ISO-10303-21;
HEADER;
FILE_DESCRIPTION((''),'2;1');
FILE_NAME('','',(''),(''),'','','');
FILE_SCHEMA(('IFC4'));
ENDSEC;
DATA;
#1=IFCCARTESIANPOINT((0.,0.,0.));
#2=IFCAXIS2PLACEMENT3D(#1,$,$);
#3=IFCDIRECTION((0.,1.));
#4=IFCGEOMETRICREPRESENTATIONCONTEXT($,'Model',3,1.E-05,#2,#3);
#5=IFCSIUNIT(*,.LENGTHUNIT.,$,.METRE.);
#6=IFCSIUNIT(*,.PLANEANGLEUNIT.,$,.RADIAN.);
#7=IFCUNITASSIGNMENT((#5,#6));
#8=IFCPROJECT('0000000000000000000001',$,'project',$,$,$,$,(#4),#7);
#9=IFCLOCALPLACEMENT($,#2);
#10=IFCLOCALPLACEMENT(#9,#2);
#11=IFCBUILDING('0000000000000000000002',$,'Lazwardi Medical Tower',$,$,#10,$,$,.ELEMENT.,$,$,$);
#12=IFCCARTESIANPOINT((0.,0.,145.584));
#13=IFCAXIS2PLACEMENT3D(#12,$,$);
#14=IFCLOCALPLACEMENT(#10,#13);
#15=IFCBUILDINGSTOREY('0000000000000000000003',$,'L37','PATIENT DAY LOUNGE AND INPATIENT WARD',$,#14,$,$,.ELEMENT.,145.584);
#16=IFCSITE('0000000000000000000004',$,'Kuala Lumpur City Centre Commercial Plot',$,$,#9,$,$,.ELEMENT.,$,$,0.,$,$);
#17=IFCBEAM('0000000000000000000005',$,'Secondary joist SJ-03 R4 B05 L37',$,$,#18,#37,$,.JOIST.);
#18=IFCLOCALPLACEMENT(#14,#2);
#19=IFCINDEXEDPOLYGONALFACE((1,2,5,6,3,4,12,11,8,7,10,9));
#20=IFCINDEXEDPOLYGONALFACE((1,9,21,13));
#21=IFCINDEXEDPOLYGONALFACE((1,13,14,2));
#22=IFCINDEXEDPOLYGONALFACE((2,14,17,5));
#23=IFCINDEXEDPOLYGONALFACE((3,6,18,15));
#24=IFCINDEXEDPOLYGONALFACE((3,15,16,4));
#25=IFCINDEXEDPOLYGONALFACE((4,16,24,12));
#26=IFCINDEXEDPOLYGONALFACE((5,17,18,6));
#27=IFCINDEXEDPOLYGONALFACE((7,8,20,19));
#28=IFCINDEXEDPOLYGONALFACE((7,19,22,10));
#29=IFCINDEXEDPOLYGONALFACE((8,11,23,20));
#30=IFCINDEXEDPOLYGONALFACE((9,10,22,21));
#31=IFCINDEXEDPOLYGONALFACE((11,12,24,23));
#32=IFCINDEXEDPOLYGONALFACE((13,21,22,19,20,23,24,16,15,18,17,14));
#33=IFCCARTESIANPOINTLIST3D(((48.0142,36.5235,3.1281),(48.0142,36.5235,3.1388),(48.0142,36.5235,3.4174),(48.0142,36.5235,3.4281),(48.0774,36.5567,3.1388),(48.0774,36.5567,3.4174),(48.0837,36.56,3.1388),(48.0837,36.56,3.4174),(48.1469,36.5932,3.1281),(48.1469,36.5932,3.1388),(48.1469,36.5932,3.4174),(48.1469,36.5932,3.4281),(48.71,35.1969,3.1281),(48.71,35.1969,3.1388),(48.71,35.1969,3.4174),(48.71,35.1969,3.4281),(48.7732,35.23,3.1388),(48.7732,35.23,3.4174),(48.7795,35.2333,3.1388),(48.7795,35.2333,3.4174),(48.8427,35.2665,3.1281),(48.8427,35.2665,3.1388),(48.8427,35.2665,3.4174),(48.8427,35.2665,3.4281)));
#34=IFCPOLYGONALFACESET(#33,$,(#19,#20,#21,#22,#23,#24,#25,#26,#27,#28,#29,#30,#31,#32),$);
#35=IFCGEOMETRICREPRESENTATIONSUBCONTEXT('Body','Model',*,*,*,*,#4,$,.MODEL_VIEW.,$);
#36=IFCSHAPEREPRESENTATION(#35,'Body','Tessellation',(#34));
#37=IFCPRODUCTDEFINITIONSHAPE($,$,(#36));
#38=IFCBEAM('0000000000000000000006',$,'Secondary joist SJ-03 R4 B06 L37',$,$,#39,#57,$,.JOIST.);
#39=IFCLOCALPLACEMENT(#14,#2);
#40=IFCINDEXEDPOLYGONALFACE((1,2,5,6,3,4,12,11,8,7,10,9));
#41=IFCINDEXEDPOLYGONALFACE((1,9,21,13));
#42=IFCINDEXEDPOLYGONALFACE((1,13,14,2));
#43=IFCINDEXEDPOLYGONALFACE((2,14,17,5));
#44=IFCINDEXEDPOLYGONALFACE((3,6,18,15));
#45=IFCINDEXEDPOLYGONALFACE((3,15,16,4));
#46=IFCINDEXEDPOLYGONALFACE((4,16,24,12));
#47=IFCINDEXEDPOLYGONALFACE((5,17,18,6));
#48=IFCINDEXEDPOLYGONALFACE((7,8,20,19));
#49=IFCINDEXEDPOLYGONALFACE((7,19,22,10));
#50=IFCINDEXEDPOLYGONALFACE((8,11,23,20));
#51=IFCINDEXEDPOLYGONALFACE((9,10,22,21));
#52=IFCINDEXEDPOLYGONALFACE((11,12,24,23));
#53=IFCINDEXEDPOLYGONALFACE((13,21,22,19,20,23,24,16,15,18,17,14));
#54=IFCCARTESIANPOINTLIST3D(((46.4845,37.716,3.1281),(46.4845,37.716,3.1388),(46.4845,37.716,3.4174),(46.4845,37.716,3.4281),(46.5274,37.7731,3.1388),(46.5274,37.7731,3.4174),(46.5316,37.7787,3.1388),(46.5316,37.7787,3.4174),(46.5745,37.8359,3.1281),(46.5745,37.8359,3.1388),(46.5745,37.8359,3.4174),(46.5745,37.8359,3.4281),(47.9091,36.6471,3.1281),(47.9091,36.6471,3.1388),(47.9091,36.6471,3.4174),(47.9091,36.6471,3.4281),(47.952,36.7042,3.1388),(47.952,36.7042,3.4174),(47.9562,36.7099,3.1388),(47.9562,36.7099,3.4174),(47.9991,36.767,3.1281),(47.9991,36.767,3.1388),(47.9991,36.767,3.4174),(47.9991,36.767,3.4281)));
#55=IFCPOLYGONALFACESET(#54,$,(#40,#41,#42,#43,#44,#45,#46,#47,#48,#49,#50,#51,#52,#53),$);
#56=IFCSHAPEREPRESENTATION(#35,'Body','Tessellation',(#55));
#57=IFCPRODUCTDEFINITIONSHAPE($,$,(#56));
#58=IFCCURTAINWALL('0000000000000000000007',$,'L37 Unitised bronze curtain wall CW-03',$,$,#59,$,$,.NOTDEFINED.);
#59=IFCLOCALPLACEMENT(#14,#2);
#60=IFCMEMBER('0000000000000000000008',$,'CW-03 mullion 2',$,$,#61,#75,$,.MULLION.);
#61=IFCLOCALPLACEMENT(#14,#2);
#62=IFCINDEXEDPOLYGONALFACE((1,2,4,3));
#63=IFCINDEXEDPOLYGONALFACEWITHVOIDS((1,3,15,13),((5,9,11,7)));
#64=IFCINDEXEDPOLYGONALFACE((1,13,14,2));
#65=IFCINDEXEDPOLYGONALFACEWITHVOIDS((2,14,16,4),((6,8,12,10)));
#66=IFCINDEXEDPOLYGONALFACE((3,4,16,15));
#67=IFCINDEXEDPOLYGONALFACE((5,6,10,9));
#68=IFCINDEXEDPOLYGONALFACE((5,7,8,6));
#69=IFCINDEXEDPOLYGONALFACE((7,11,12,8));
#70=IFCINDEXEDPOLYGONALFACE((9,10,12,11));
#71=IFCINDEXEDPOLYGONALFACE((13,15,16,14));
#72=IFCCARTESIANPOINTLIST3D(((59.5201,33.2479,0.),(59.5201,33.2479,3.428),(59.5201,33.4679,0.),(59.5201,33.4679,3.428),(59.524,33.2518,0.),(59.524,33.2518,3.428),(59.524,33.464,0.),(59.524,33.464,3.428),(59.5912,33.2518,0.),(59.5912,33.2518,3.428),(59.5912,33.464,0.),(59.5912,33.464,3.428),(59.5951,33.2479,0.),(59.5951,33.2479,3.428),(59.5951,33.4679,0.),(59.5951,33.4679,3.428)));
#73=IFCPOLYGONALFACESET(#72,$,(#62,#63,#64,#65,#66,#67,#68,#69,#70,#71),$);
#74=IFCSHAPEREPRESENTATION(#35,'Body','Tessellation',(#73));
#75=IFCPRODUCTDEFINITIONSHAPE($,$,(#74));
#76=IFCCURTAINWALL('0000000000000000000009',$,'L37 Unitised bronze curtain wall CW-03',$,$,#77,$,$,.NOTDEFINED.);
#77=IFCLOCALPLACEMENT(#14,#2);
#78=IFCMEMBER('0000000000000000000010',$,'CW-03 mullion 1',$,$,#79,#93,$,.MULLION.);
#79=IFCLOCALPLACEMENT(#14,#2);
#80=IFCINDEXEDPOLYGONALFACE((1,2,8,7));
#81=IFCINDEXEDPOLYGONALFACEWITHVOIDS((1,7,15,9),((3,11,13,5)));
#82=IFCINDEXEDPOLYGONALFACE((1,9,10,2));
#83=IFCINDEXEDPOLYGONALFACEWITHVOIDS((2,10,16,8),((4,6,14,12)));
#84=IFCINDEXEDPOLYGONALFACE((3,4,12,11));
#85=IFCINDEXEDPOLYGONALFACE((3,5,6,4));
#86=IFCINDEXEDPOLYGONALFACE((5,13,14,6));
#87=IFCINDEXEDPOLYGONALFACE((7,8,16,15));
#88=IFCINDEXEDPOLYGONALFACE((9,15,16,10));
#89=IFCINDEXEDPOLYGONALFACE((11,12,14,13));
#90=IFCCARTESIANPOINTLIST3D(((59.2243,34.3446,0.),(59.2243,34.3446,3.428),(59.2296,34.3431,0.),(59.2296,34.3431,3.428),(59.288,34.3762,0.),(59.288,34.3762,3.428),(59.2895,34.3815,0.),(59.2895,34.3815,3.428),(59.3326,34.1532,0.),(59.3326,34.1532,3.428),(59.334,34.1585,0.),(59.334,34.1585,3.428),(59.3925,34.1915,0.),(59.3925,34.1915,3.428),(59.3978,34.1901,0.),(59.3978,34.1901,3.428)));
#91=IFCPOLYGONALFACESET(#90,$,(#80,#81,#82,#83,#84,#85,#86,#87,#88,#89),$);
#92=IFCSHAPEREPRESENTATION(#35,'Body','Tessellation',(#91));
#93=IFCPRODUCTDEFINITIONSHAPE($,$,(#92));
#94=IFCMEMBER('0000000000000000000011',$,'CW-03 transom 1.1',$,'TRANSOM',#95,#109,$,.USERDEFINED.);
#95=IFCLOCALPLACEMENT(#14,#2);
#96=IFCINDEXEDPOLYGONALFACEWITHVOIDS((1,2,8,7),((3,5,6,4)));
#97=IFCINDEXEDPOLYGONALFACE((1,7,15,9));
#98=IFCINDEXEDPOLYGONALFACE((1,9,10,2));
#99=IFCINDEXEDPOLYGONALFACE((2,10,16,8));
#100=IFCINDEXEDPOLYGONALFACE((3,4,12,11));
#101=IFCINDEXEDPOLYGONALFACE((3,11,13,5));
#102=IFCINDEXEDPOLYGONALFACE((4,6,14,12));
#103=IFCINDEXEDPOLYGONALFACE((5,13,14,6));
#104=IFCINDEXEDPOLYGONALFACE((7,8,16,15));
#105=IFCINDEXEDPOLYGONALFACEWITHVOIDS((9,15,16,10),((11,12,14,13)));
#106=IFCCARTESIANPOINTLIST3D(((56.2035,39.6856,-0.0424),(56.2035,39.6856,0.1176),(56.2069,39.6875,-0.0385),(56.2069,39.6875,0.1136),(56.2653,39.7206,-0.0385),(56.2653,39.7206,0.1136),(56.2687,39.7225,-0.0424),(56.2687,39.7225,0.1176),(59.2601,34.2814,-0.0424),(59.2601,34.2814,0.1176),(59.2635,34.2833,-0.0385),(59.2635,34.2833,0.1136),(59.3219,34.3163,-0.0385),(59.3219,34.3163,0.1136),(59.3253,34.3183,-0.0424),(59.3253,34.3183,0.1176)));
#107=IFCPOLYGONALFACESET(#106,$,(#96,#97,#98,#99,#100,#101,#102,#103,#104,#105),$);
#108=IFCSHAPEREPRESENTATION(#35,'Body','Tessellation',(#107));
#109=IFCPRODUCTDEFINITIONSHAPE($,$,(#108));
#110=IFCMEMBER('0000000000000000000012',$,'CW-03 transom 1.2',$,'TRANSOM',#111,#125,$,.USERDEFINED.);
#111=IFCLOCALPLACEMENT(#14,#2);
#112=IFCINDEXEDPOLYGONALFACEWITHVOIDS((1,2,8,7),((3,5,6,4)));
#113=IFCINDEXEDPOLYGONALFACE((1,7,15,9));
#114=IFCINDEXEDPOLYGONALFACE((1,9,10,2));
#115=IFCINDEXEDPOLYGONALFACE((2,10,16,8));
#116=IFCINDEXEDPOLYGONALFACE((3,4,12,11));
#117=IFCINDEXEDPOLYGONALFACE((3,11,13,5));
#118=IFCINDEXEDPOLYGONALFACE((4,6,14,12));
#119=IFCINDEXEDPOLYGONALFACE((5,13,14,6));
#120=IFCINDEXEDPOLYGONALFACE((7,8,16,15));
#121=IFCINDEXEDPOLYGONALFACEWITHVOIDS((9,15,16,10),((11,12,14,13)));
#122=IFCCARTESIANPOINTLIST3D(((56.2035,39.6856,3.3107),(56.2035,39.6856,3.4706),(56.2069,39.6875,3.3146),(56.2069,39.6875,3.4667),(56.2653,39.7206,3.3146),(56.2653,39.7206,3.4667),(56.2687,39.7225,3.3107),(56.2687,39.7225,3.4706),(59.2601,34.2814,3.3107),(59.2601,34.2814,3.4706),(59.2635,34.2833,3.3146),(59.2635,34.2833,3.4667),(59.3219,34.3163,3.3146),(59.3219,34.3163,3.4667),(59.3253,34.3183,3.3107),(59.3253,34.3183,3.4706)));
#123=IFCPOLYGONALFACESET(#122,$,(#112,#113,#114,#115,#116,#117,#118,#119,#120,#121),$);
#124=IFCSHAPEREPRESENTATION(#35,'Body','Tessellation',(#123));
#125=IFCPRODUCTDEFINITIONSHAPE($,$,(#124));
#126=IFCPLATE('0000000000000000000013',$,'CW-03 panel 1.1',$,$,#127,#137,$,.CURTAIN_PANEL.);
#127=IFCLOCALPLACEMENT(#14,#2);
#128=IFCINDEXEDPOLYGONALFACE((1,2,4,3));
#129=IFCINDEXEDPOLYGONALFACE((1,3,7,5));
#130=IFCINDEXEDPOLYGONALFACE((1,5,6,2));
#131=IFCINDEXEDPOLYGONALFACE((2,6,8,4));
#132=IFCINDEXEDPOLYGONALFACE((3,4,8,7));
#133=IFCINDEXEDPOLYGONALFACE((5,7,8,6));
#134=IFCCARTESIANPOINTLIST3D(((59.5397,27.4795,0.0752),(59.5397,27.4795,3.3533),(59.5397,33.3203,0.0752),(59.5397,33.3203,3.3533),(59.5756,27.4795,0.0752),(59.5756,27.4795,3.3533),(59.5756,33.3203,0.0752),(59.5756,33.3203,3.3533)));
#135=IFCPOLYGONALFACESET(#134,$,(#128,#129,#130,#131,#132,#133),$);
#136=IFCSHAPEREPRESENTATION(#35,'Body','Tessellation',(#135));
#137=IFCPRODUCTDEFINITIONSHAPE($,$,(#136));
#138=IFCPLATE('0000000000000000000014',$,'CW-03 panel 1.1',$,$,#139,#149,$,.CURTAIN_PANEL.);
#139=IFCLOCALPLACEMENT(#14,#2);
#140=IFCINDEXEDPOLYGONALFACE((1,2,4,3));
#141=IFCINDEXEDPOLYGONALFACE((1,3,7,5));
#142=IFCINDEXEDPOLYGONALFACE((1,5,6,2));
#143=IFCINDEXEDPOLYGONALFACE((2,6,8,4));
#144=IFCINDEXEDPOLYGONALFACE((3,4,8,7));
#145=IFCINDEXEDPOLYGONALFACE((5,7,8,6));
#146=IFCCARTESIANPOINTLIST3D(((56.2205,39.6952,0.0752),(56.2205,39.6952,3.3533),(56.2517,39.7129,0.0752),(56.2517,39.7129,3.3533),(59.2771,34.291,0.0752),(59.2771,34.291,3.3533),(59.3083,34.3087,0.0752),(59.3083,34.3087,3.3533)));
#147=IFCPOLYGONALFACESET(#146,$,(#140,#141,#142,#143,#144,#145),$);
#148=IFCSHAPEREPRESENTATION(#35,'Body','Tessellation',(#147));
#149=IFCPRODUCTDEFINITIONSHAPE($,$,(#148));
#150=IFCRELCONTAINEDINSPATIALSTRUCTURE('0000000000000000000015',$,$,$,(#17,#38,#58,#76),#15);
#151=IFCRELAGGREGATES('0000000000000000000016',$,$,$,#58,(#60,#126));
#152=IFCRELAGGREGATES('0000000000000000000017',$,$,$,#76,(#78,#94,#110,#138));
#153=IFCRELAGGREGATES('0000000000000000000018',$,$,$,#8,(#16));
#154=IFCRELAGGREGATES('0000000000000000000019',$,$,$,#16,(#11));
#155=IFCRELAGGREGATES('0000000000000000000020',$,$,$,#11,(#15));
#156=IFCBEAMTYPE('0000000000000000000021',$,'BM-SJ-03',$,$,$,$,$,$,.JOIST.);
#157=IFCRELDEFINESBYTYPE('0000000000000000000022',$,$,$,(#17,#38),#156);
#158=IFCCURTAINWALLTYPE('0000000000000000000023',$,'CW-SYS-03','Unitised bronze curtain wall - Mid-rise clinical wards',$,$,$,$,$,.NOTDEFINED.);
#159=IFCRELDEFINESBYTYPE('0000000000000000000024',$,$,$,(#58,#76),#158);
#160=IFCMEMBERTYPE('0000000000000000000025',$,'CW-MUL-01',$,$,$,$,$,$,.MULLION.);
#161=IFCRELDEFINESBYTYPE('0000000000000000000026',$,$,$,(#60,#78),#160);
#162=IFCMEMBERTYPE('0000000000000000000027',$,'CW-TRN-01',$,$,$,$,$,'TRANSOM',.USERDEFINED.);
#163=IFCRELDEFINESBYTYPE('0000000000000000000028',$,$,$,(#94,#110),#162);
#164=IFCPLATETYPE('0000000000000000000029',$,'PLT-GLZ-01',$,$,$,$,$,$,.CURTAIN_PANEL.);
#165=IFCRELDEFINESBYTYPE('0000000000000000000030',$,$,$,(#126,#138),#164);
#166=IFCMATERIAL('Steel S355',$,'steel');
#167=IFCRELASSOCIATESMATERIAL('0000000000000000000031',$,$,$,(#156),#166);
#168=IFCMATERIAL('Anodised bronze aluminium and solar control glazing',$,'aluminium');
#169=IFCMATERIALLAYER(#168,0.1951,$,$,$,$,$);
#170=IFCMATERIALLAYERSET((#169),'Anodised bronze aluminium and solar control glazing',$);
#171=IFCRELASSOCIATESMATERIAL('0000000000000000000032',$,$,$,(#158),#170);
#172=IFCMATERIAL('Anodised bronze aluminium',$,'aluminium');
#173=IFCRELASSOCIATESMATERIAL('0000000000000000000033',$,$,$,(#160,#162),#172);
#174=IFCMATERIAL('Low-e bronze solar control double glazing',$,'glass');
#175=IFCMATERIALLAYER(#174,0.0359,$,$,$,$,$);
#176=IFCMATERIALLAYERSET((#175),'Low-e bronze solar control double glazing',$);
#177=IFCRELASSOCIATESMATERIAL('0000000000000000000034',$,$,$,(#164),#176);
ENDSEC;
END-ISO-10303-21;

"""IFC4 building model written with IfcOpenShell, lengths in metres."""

from ifc_helpers import new_model, si_unit, direction, frame, origin, origin_2d, place, context, subcontext, project, spatial, rectangle, hollow_rectangle, i_section, extrude, material, layer, layer_set, material_profile, profile_set, type_object, element, aggregate, save


model = new_model("IFC4")

# Units and contexts
model_context = context("Model", 3, precision=1e-05, world=origin(), true_north=direction((0.0, 1.0)))
body_context = subcontext(model_context, "Body", "Model", "MODEL_VIEW")
ifc_project = project(units=[si_unit("LENGTHUNIT", "METRE"), si_unit("PLANEANGLEUNIT", "RADIAN")], contexts=[model_context])

# Site, building, storey
site_placement = place(None, origin())
site = spatial("IfcSite", under=ifc_project, at=site_placement, Name="Kuala Lumpur City Centre Commercial Plot", CompositionType="ELEMENT", RefElevation=0.0)
building_placement = place(site_placement, origin())
building = spatial("IfcBuilding", under=site, at=building_placement, Name="Lazwardi Medical Tower", CompositionType="ELEMENT")
storey_placement = place(building_placement, frame((0.0, 0.0, 145.584)))
storey = spatial("IfcBuildingStorey", under=building, at=storey_placement, Name="L37", Description="PATIENT DAY LOUNGE AND INPATIENT WARD", CompositionType="ELEMENT", Elevation=145.584)

# Beams
ifc_material_1 = material(Name="Steel S355", Category="steel")
ifc_material_profile_1 = material_profile(ifc_material_1, i_section(OverallWidth=0.1499, OverallDepth=0.3, WebThickness=0.0071, FlangeThickness=0.0107, at=origin_2d()), Name="IPE 300")
ifc_profile_set_1 = profile_set([ifc_material_profile_1], Name="Steel S355")
beam_type_1 = type_object("IfcBeamType", Name="BM-SJ-03", PredefinedType="JOIST", material=ifc_profile_set_1)
beam_1_placement = place(storey_placement, frame((48.7764, 35.2317, 3.2781), z_axis=(-0.46447, 0.885589, 0.0), x_axis=(-0.885589, -0.46447, 0.0)))
element("IfcBeam", 1, at=beam_1_placement, inside=storey, type_object=beam_type_1, Name="Secondary joist SJ-03 R4 B05 L37", PredefinedType="JOIST", context=body_context, shape_type="SweptSolid", body=[
    extrude(i_section(OverallWidth=0.1499, OverallDepth=0.3, WebThickness=0.0071, FlangeThickness=0.0107, at=origin_2d()), origin(), (0.0, 0.0, 1.0), 1.498),
])
beam_2_placement = place(storey_placement, frame((47.9541, 36.707, 3.2781), z_axis=(-0.799885, 0.600154, 0.0), x_axis=(-0.600154, -0.799885, 0.0)))
element("IfcBeam", 2, at=beam_2_placement, inside=storey, type_object=beam_type_1, Name="Secondary joist SJ-03 R4 B06 L37", PredefinedType="JOIST", context=body_context, shape_type="SweptSolid", body=[
    extrude(i_section(OverallWidth=0.1499, OverallDepth=0.3, WebThickness=0.0071, FlangeThickness=0.0107, at=origin_2d()), origin(), (0.0, 0.0, 1.0), 1.781),
])

# Curtain wall, member
ifc_material_2 = material(Name="Anodised bronze aluminium and solar control glazing", Category="aluminium")
ifc_layer_1 = layer(ifc_material_2, 0.1951)
ifc_layer_set_1 = layer_set([ifc_layer_1], Name="Anodised bronze aluminium and solar control glazing")
curtain_wall_type = type_object("IfcCurtainWallType", Name="CW-SYS-03", Description="Unitised bronze curtain wall - Mid-rise clinical wards", PredefinedType="NOTDEFINED", material=ifc_layer_set_1)
curtain_wall_1_placement = place(storey_placement, origin())
curtain_wall_1 = element("IfcCurtainWall", 3, at=curtain_wall_1_placement, inside=storey, type_object=curtain_wall_type, Name="L37 Unitised bronze curtain wall CW-03", PredefinedType="NOTDEFINED")
ifc_material_3 = material(Name="Anodised bronze aluminium", Category="aluminium")
ifc_material_profile_2 = material_profile(ifc_material_3, hollow_rectangle(XDim=0.075, YDim=0.22, WallThickness=0.0039, at=origin_2d()), Name="ALU-MULLION 220x75x4")
ifc_profile_set_2 = profile_set([ifc_material_profile_2], Name="Anodised bronze aluminium")
member_type_1 = type_object("IfcMemberType", Name="CW-MUL-01", PredefinedType="MULLION", material=ifc_profile_set_2)
member_1_placement = place(storey_placement, frame((59.5576, 33.3579, 0.0), z_axis=(0.0, 0.0, 1.0), x_axis=(-1.0, 0.0, 0.0)))
member_1 = element("IfcMember", 4, at=member_1_placement, type_object=member_type_1, Name="CW-03 mullion 2", PredefinedType="MULLION", context=body_context, shape_type="SweptSolid", body=[
    extrude(hollow_rectangle(XDim=0.075, YDim=0.22, WallThickness=0.0039, at=origin_2d()), origin(), (0.0, 0.0, 1.0), 3.428),
])

# Curtain wall, members
curtain_wall_2_placement = place(storey_placement, origin())
curtain_wall_2 = element("IfcCurtainWall", 5, at=curtain_wall_2_placement, inside=storey, type_object=curtain_wall_type, Name="L37 Unitised bronze curtain wall CW-03", PredefinedType="NOTDEFINED")
member_2_placement = place(storey_placement, frame((59.311, 34.2673, 0.0), z_axis=(0.0, 0.0, 1.0), x_axis=(-0.870419, -0.492312, 0.0)))
member_2 = element("IfcMember", 6, at=member_2_placement, type_object=member_type_1, Name="CW-03 mullion 1", PredefinedType="MULLION", context=body_context, shape_type="SweptSolid", body=[
    extrude(hollow_rectangle(XDim=0.075, YDim=0.22, WallThickness=0.0039, at=origin_2d()), origin(), (0.0, 0.0, 1.0), 3.428),
])
ifc_material_profile_3 = material_profile(ifc_material_3, hollow_rectangle(XDim=0.075, YDim=0.1599, WallThickness=0.0039, at=origin_2d()), Name="ALU-TRANSOM 160x75x4")
ifc_profile_set_3 = profile_set([ifc_material_profile_3], Name="Anodised bronze aluminium")
member_type_2 = type_object("IfcMemberType", Name="CW-TRN-01", ElementType="TRANSOM", PredefinedType="USERDEFINED", material=ifc_profile_set_3)
member_3_placement = place(storey_placement, frame((59.2927, 34.2998, 0.0376), z_axis=(-0.492306, 0.870422, 0.0), x_axis=(-0.870422, -0.492306, 0.0)))
member_3 = element("IfcMember", 7, at=member_3_placement, type_object=member_type_2, Name="CW-03 transom 1.1", ObjectType="TRANSOM", PredefinedType="USERDEFINED", context=body_context, shape_type="SweptSolid", body=[
    extrude(hollow_rectangle(XDim=0.075, YDim=0.1599, WallThickness=0.0039, at=origin_2d()), origin(), (0.0, 0.0, 1.0), 6.2087),
])
member_4_placement = place(storey_placement, frame((59.2927, 34.2998, 3.3906), z_axis=(-0.492306, 0.870422, 0.0), x_axis=(-0.870422, -0.492306, 0.0)))
member_4 = element("IfcMember", 8, at=member_4_placement, type_object=member_type_2, Name="CW-03 transom 1.2", ObjectType="TRANSOM", PredefinedType="USERDEFINED", context=body_context, shape_type="SweptSolid", body=[
    extrude(hollow_rectangle(XDim=0.075, YDim=0.1599, WallThickness=0.0039, at=origin_2d()), origin(), (0.0, 0.0, 1.0), 6.2087),
])

# Plates
ifc_material_4 = material(Name="Low-e bronze solar control double glazing", Category="glass")
ifc_layer_2 = layer(ifc_material_4, 0.0359)
ifc_layer_set_2 = layer_set([ifc_layer_2], Name="Low-e bronze solar control double glazing")
plate_type = type_object("IfcPlateType", Name="PLT-GLZ-01", PredefinedType="CURTAIN_PANEL", material=ifc_layer_set_2)
plate_1_placement = place(storey_placement, frame((59.5576, 30.3999, 0.0752), z_axis=(0.0, 0.0, 1.0), x_axis=(0.0, 1.0, 0.0)))
plate_1 = element("IfcPlate", 9, at=plate_1_placement, type_object=plate_type, Name="CW-03 panel 1.1", PredefinedType="CURTAIN_PANEL", context=body_context, shape_type="SweptSolid", body=[
    extrude(rectangle(XDim=5.8408, YDim=0.0359, at=origin_2d()), origin(), (0.0, 0.0, 1.0), 3.2781),
])
aggregate(curtain_wall_1, [member_1, plate_1])
plate_2_placement = place(storey_placement, frame((57.7644, 37.002, 0.0752), z_axis=(0.0, 0.0, 1.0), x_axis=(-0.492312, 0.870419, 0.0)))
plate_2 = element("IfcPlate", 10, at=plate_2_placement, type_object=plate_type, Name="CW-03 panel 1.1", PredefinedType="CURTAIN_PANEL", context=body_context, shape_type="SweptSolid", body=[
    extrude(rectangle(XDim=6.2087, YDim=0.0359, at=origin_2d()), origin(), (0.0, 0.0, 1.0), 3.2781),
])
aggregate(curtain_wall_2, [member_2, member_3, member_4, plate_2])

save(model, "model.ifc")
